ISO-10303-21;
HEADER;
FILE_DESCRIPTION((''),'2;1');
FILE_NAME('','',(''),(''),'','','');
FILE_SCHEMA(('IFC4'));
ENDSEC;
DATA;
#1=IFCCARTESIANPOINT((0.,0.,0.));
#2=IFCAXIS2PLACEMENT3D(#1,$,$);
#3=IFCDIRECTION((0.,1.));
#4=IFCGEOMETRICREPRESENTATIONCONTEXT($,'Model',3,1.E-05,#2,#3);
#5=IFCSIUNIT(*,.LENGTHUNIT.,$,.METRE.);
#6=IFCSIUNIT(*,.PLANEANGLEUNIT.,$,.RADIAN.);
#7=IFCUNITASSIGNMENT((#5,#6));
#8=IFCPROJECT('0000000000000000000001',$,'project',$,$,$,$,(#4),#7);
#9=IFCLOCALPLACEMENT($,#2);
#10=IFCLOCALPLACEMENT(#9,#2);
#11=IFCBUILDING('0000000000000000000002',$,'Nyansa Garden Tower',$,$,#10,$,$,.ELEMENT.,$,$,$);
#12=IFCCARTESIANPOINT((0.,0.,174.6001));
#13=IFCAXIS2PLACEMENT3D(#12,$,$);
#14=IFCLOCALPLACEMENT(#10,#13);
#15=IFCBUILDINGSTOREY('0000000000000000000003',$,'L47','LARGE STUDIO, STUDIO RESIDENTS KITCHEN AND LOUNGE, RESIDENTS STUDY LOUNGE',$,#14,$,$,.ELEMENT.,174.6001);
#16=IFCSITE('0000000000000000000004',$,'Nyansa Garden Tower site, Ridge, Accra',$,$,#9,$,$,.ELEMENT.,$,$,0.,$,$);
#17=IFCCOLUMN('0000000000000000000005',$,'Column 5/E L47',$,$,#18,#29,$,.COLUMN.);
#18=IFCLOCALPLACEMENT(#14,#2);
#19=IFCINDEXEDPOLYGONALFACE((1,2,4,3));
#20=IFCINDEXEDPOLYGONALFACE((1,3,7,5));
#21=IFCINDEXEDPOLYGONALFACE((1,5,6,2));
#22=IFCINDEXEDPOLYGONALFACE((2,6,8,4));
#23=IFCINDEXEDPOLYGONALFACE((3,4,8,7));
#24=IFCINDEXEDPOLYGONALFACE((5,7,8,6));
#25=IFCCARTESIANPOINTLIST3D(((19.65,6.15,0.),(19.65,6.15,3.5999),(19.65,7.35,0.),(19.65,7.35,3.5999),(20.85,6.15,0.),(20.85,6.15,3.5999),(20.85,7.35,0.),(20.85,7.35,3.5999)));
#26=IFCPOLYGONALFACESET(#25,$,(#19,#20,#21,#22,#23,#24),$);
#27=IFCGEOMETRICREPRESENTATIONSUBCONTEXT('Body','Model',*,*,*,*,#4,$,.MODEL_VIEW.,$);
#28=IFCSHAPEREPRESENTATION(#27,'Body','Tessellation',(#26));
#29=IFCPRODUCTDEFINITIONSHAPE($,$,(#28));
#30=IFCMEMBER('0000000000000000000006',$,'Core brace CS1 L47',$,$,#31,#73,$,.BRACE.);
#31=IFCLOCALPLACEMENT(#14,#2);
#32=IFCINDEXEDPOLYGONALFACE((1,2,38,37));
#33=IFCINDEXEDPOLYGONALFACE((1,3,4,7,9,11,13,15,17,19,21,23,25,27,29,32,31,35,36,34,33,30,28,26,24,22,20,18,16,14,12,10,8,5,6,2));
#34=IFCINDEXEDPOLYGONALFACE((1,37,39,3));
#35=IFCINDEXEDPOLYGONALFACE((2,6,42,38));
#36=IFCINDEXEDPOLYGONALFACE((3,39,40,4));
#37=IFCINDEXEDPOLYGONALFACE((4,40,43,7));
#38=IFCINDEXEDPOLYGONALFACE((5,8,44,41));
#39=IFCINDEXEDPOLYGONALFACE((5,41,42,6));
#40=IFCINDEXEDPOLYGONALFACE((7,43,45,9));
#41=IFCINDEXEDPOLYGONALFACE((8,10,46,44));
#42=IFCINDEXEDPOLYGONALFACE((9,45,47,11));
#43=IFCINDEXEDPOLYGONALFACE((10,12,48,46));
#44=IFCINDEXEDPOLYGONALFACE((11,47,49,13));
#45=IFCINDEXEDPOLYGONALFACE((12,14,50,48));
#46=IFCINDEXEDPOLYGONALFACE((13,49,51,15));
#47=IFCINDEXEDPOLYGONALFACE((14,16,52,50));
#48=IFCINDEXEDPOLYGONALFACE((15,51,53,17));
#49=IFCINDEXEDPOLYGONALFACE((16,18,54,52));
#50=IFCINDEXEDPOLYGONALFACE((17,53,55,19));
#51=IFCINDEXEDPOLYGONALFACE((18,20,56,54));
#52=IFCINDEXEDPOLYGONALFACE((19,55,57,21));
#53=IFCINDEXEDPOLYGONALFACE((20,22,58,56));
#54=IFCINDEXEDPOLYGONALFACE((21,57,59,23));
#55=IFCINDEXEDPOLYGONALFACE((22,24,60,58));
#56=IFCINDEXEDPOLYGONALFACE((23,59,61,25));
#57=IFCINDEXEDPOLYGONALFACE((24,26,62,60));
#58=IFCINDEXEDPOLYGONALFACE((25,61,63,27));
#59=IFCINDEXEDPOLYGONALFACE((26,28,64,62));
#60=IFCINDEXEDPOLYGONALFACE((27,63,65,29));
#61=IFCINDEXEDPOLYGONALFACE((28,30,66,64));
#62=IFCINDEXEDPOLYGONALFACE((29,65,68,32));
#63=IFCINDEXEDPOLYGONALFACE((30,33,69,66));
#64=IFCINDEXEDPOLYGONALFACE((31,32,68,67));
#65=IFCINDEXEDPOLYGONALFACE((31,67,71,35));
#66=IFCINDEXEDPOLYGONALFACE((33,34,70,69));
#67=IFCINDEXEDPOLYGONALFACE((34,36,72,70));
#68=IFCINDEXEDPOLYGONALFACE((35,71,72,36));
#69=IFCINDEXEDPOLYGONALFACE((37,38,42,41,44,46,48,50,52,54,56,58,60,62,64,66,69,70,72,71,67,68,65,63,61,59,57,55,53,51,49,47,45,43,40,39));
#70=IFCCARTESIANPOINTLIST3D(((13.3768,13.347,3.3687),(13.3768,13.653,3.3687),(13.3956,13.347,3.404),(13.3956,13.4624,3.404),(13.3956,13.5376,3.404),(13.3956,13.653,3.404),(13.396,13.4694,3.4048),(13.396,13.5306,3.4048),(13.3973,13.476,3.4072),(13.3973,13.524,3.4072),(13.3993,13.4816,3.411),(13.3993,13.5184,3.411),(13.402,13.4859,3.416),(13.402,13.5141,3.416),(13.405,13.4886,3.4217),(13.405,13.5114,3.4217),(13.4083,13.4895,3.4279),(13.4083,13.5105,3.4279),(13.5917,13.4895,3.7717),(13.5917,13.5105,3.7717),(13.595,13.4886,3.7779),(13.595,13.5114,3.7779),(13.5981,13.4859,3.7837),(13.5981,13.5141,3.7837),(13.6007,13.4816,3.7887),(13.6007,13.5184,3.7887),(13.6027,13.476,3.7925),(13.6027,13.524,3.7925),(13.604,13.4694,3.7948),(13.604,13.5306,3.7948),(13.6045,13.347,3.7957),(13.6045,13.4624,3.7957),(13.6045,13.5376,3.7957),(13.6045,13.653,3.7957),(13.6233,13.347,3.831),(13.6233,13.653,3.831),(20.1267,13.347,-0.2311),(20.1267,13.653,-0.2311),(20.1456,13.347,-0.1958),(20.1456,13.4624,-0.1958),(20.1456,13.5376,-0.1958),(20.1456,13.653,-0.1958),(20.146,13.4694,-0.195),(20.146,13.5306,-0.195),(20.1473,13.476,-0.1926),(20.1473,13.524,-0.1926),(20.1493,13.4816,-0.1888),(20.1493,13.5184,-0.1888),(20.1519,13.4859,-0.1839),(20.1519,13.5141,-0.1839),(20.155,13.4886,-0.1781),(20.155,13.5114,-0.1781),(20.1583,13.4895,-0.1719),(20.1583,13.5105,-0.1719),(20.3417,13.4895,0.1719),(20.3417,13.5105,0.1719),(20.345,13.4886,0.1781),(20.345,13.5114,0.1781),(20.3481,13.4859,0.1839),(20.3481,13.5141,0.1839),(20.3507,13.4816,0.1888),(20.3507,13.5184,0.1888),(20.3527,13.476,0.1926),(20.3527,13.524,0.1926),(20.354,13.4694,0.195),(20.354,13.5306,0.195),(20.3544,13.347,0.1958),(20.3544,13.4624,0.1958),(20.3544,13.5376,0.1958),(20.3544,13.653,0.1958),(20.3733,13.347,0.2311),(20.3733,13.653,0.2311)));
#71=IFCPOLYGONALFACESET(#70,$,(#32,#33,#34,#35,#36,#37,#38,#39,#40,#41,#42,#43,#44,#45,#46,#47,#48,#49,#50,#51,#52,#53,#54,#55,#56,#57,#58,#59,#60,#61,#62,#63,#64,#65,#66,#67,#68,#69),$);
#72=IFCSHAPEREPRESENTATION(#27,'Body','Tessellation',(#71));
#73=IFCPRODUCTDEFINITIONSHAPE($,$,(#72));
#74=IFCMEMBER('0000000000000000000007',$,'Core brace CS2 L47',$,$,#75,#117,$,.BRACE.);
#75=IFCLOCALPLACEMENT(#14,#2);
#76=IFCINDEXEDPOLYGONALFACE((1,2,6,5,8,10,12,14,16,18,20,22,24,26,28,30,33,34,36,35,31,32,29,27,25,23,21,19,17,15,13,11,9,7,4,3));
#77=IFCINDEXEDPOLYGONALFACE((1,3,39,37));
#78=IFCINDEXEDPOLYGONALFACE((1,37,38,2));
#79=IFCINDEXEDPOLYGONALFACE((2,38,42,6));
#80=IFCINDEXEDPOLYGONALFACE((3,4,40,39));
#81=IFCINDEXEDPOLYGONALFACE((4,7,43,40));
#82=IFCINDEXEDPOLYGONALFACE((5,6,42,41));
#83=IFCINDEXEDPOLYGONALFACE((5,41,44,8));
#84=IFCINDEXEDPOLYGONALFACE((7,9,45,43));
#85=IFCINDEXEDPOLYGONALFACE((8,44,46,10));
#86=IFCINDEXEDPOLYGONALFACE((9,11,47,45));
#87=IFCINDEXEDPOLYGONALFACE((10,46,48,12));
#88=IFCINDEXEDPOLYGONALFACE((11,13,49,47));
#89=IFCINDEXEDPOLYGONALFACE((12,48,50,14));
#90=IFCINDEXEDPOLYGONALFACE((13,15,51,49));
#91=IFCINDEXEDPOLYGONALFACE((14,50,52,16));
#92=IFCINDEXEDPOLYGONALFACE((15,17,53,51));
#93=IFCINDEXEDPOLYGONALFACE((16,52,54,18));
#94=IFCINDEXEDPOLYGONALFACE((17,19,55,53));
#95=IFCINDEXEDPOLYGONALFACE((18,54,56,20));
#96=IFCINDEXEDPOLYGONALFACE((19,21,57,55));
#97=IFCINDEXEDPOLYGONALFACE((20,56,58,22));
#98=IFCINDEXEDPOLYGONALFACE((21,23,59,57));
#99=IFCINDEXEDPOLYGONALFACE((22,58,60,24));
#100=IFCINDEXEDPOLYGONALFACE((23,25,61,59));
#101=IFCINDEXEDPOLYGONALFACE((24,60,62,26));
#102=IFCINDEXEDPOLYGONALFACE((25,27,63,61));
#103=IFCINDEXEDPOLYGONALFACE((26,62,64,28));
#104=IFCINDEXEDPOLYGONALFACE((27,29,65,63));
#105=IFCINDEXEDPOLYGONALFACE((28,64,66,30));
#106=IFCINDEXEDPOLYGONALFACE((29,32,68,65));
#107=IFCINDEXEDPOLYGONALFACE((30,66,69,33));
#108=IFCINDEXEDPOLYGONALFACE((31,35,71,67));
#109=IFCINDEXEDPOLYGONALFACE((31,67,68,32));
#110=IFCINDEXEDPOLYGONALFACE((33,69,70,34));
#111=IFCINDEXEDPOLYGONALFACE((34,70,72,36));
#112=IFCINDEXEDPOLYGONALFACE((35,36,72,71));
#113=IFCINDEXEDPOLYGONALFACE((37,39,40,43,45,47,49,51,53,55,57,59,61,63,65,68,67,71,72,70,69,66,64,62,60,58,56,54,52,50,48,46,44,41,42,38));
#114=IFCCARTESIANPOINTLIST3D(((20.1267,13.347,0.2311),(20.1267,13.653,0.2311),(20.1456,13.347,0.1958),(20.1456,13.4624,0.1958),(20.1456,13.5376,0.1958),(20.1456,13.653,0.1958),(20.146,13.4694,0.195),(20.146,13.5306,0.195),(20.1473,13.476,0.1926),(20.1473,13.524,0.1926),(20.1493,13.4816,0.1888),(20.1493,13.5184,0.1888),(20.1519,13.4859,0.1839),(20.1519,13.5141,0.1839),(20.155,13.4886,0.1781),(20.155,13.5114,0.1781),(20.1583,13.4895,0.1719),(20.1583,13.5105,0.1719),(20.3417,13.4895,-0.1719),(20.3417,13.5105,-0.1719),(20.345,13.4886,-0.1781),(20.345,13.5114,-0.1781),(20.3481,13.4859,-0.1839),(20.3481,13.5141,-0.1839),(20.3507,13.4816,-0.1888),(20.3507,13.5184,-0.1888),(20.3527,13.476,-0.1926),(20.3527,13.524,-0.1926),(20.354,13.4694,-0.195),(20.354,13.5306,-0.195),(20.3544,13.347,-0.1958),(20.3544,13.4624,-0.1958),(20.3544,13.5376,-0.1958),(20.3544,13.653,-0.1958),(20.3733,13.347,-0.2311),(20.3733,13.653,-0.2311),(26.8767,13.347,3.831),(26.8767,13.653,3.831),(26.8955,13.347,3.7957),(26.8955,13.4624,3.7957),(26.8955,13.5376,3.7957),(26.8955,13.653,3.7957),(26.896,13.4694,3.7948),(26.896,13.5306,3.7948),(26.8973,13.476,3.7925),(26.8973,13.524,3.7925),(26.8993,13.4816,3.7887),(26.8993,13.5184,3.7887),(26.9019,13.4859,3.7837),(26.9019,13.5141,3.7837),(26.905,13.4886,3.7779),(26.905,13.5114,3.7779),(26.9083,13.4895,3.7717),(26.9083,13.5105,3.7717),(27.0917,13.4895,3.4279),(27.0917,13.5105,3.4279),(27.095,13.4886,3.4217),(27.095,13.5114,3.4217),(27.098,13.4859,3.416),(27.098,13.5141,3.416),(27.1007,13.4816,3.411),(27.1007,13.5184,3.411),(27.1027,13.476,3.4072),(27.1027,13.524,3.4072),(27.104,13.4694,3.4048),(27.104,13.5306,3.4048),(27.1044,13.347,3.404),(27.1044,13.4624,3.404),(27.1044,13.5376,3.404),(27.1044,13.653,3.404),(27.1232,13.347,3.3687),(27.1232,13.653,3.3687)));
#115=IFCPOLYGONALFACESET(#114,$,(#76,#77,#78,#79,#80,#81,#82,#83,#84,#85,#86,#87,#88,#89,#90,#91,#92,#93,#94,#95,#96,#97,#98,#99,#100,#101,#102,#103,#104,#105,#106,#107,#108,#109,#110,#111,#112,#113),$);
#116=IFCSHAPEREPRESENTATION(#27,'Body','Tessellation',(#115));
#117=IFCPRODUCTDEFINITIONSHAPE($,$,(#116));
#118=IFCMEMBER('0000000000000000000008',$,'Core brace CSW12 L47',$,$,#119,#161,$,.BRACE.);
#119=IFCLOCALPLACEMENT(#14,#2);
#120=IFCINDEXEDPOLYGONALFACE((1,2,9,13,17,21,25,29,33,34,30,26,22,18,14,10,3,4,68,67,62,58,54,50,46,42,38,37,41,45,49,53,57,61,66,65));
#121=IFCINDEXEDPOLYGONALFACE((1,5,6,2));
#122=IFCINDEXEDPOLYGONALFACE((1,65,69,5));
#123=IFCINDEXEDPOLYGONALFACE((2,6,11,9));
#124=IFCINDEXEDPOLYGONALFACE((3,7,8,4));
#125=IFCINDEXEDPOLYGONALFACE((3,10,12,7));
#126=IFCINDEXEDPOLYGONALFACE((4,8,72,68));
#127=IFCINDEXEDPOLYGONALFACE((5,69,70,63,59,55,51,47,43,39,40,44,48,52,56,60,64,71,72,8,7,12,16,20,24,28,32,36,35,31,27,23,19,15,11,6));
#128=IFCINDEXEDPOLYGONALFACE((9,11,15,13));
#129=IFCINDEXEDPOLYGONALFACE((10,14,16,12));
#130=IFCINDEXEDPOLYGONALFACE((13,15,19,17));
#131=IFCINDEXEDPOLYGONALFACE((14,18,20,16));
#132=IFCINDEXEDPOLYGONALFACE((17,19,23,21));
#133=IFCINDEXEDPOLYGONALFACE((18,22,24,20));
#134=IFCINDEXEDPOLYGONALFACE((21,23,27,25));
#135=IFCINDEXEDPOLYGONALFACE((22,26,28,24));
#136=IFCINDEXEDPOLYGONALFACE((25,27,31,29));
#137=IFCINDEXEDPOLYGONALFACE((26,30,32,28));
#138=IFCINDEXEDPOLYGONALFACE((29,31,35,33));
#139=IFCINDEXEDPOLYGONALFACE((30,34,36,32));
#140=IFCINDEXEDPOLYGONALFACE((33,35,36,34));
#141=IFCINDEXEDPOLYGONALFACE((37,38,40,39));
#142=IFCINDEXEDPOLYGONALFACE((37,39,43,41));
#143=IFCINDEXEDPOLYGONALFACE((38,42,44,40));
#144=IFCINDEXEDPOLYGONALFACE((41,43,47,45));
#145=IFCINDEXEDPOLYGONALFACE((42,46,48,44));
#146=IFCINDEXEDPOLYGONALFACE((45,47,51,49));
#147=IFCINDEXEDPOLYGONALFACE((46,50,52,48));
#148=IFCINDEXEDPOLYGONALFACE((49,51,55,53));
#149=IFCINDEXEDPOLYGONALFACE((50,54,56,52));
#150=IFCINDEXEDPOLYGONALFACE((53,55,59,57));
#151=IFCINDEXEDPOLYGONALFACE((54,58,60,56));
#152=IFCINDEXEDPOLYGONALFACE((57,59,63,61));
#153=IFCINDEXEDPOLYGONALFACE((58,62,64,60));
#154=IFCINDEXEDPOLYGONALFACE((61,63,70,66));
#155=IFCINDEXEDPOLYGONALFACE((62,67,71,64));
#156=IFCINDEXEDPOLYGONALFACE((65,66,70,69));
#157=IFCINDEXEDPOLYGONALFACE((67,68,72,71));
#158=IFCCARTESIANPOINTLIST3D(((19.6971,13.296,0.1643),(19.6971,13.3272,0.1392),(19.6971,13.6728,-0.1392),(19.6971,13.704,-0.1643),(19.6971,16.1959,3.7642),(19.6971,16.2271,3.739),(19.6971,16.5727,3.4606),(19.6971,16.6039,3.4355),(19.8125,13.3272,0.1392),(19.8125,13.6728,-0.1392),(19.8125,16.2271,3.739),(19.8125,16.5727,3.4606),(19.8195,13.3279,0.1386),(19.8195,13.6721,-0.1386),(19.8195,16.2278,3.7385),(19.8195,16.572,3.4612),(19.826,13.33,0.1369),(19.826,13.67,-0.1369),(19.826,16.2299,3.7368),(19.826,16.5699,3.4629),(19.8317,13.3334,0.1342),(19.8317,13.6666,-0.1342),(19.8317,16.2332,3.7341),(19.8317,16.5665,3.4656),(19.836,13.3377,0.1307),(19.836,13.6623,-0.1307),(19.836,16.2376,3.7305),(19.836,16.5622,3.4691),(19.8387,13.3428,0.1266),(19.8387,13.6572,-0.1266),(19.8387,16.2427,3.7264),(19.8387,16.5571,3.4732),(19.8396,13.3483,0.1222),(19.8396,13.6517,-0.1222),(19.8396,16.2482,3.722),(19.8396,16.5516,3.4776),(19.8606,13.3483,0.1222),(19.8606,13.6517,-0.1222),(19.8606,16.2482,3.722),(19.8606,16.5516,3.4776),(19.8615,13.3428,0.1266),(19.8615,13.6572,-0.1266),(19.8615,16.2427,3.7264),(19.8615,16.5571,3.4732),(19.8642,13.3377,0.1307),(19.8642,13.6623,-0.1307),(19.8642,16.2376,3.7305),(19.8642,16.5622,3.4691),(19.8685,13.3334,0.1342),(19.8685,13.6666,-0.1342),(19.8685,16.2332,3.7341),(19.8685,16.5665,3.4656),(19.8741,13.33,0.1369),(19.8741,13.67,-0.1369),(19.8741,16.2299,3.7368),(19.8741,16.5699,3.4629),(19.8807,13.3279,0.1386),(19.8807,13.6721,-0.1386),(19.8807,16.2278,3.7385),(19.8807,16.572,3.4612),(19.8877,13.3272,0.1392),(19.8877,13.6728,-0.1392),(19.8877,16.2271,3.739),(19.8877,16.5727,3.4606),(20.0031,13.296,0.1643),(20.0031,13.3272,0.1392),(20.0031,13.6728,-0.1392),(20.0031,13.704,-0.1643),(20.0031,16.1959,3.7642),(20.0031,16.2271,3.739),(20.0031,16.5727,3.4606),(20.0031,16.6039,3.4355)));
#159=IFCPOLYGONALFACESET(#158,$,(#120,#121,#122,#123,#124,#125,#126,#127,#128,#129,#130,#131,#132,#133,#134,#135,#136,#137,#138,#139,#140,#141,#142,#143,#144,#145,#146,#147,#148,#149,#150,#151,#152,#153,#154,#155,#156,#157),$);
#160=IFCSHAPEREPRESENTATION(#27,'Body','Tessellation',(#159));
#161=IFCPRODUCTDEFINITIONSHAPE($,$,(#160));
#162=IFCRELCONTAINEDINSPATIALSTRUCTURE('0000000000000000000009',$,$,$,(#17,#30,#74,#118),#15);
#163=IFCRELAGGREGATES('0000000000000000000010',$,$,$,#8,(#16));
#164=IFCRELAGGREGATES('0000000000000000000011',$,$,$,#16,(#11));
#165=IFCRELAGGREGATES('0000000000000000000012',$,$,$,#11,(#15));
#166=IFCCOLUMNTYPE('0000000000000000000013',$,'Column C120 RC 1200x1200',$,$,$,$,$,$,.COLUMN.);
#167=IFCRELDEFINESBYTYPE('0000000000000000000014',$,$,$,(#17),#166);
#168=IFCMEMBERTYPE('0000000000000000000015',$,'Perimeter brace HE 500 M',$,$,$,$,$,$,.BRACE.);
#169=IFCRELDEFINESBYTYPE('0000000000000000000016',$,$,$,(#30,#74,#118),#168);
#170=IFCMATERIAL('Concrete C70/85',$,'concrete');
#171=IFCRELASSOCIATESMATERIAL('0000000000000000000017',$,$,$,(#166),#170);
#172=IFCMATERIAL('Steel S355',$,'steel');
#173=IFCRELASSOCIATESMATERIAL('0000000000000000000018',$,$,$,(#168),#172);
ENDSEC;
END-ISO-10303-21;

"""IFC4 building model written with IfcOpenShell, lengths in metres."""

from ifc_helpers import new_model, si_unit, direction, frame, origin, origin_2d, place, context, subcontext, project, spatial, rectangle, i_section, extrude, material, material_profile, profile_set, type_object, element, save


model = new_model("IFC4")

# Units and contexts
model_context = context("Model", 3, precision=1e-05, world=origin(), true_north=direction((0.0, 1.0)))
body_context = subcontext(model_context, "Body", "Model", "MODEL_VIEW")
ifc_project = project(units=[si_unit("LENGTHUNIT", "METRE"), si_unit("PLANEANGLEUNIT", "RADIAN")], contexts=[model_context])

# Site, building, storey
site_placement = place(None, origin())
site = spatial("IfcSite", under=ifc_project, at=site_placement, Name="Nyansa Garden Tower site, Ridge, Accra", CompositionType="ELEMENT", RefElevation=0.0)
building_placement = place(site_placement, origin())
building = spatial("IfcBuilding", under=site, at=building_placement, Name="Nyansa Garden Tower", CompositionType="ELEMENT")
storey_placement = place(building_placement, frame((0.0, 0.0, 174.6001)))
storey = spatial("IfcBuildingStorey", under=building, at=storey_placement, Name="L47", Description="LARGE STUDIO, STUDIO RESIDENTS KITCHEN AND LOUNGE, RESIDENTS STUDY LOUNGE", CompositionType="ELEMENT", Elevation=174.6001)

# Column
ifc_material_1 = material(Name="Concrete C70/85", Category="concrete")
ifc_material_profile_1 = material_profile(ifc_material_1, rectangle(XDim=1.2, YDim=1.2, at=origin_2d()), Name="RC 1200x1200")
ifc_profile_set_1 = profile_set([ifc_material_profile_1], Name="Concrete C70/85")
column_type = type_object("IfcColumnType", Name="Column C120 RC 1200x1200", PredefinedType="COLUMN", material=ifc_profile_set_1)
column_placement = place(storey_placement, frame((20.25, 6.75, 0.0), z_axis=(0.0, 0.0, 1.0), x_axis=(1.0, 0.0, 0.0)))
element("IfcColumn", 1, at=column_placement, inside=storey, type_object=column_type, Name="Column 5/E L47", PredefinedType="COLUMN", context=body_context, shape_type="SweptSolid", body=[
    extrude(rectangle(XDim=1.2, YDim=1.2, at=origin_2d()), origin(), (0.0, 0.0, 1.0), 3.5999),
])

# Members
ifc_material_2 = material(Name="Steel S355", Category="steel")
ifc_material_profile_2 = material_profile(ifc_material_2, i_section(OverallWidth=0.3059, OverallDepth=0.5239, WebThickness=0.021, FlangeThickness=0.04, FilletRadius=0.0271, at=origin_2d()), Name="HE 500 M")
ifc_profile_set_2 = profile_set([ifc_material_profile_2], Name="Steel S355")
member_type = type_object("IfcMemberType", Name="Perimeter brace HE 500 M", PredefinedType="BRACE", material=ifc_profile_set_2)
for number, where, z_axis, x_axis, name in (
    (2, (20.25, 13.5, 0.0), (-0.882361, 0.0, 0.470573), (0.0, -1.0, 0.0), "Core brace CS1 L47"),
    (3, (20.25, 13.5, 0.0), (0.882361, 0.0, 0.470573), (0.0, 1.0, 0.0), "Core brace CS2 L47"),
):
    element("IfcMember", number, at=place(storey_placement, frame(where, z_axis=z_axis, x_axis=x_axis)), inside=storey, type_object=member_type, Name=name, PredefinedType="BRACE", context=body_context, shape_type="SweptSolid", body=[
        extrude(i_section(OverallWidth=0.3059, OverallDepth=0.5239, WebThickness=0.021, FlangeThickness=0.04, FilletRadius=0.0271, at=origin_2d()), origin(), (0.0, 0.0, 1.0), 7.6499),
    ])
member_placement = place(storey_placement, frame((19.8501, 13.5, 0.0), z_axis=(0.0, 0.627332, 0.778752), x_axis=(-1.0, 0.0, 0.0)))
element("IfcMember", 4, at=member_placement, inside=storey, type_object=member_type, Name="Core brace CSW12 L47", PredefinedType="BRACE", context=body_context, shape_type="SweptSolid", body=[
    extrude(i_section(OverallWidth=0.3059, OverallDepth=0.5239, WebThickness=0.021, FlangeThickness=0.04, FilletRadius=0.0271, at=origin_2d()), origin(), (0.0, 0.0, 1.0), 4.6226),
])

save(model, "model.ifc")
